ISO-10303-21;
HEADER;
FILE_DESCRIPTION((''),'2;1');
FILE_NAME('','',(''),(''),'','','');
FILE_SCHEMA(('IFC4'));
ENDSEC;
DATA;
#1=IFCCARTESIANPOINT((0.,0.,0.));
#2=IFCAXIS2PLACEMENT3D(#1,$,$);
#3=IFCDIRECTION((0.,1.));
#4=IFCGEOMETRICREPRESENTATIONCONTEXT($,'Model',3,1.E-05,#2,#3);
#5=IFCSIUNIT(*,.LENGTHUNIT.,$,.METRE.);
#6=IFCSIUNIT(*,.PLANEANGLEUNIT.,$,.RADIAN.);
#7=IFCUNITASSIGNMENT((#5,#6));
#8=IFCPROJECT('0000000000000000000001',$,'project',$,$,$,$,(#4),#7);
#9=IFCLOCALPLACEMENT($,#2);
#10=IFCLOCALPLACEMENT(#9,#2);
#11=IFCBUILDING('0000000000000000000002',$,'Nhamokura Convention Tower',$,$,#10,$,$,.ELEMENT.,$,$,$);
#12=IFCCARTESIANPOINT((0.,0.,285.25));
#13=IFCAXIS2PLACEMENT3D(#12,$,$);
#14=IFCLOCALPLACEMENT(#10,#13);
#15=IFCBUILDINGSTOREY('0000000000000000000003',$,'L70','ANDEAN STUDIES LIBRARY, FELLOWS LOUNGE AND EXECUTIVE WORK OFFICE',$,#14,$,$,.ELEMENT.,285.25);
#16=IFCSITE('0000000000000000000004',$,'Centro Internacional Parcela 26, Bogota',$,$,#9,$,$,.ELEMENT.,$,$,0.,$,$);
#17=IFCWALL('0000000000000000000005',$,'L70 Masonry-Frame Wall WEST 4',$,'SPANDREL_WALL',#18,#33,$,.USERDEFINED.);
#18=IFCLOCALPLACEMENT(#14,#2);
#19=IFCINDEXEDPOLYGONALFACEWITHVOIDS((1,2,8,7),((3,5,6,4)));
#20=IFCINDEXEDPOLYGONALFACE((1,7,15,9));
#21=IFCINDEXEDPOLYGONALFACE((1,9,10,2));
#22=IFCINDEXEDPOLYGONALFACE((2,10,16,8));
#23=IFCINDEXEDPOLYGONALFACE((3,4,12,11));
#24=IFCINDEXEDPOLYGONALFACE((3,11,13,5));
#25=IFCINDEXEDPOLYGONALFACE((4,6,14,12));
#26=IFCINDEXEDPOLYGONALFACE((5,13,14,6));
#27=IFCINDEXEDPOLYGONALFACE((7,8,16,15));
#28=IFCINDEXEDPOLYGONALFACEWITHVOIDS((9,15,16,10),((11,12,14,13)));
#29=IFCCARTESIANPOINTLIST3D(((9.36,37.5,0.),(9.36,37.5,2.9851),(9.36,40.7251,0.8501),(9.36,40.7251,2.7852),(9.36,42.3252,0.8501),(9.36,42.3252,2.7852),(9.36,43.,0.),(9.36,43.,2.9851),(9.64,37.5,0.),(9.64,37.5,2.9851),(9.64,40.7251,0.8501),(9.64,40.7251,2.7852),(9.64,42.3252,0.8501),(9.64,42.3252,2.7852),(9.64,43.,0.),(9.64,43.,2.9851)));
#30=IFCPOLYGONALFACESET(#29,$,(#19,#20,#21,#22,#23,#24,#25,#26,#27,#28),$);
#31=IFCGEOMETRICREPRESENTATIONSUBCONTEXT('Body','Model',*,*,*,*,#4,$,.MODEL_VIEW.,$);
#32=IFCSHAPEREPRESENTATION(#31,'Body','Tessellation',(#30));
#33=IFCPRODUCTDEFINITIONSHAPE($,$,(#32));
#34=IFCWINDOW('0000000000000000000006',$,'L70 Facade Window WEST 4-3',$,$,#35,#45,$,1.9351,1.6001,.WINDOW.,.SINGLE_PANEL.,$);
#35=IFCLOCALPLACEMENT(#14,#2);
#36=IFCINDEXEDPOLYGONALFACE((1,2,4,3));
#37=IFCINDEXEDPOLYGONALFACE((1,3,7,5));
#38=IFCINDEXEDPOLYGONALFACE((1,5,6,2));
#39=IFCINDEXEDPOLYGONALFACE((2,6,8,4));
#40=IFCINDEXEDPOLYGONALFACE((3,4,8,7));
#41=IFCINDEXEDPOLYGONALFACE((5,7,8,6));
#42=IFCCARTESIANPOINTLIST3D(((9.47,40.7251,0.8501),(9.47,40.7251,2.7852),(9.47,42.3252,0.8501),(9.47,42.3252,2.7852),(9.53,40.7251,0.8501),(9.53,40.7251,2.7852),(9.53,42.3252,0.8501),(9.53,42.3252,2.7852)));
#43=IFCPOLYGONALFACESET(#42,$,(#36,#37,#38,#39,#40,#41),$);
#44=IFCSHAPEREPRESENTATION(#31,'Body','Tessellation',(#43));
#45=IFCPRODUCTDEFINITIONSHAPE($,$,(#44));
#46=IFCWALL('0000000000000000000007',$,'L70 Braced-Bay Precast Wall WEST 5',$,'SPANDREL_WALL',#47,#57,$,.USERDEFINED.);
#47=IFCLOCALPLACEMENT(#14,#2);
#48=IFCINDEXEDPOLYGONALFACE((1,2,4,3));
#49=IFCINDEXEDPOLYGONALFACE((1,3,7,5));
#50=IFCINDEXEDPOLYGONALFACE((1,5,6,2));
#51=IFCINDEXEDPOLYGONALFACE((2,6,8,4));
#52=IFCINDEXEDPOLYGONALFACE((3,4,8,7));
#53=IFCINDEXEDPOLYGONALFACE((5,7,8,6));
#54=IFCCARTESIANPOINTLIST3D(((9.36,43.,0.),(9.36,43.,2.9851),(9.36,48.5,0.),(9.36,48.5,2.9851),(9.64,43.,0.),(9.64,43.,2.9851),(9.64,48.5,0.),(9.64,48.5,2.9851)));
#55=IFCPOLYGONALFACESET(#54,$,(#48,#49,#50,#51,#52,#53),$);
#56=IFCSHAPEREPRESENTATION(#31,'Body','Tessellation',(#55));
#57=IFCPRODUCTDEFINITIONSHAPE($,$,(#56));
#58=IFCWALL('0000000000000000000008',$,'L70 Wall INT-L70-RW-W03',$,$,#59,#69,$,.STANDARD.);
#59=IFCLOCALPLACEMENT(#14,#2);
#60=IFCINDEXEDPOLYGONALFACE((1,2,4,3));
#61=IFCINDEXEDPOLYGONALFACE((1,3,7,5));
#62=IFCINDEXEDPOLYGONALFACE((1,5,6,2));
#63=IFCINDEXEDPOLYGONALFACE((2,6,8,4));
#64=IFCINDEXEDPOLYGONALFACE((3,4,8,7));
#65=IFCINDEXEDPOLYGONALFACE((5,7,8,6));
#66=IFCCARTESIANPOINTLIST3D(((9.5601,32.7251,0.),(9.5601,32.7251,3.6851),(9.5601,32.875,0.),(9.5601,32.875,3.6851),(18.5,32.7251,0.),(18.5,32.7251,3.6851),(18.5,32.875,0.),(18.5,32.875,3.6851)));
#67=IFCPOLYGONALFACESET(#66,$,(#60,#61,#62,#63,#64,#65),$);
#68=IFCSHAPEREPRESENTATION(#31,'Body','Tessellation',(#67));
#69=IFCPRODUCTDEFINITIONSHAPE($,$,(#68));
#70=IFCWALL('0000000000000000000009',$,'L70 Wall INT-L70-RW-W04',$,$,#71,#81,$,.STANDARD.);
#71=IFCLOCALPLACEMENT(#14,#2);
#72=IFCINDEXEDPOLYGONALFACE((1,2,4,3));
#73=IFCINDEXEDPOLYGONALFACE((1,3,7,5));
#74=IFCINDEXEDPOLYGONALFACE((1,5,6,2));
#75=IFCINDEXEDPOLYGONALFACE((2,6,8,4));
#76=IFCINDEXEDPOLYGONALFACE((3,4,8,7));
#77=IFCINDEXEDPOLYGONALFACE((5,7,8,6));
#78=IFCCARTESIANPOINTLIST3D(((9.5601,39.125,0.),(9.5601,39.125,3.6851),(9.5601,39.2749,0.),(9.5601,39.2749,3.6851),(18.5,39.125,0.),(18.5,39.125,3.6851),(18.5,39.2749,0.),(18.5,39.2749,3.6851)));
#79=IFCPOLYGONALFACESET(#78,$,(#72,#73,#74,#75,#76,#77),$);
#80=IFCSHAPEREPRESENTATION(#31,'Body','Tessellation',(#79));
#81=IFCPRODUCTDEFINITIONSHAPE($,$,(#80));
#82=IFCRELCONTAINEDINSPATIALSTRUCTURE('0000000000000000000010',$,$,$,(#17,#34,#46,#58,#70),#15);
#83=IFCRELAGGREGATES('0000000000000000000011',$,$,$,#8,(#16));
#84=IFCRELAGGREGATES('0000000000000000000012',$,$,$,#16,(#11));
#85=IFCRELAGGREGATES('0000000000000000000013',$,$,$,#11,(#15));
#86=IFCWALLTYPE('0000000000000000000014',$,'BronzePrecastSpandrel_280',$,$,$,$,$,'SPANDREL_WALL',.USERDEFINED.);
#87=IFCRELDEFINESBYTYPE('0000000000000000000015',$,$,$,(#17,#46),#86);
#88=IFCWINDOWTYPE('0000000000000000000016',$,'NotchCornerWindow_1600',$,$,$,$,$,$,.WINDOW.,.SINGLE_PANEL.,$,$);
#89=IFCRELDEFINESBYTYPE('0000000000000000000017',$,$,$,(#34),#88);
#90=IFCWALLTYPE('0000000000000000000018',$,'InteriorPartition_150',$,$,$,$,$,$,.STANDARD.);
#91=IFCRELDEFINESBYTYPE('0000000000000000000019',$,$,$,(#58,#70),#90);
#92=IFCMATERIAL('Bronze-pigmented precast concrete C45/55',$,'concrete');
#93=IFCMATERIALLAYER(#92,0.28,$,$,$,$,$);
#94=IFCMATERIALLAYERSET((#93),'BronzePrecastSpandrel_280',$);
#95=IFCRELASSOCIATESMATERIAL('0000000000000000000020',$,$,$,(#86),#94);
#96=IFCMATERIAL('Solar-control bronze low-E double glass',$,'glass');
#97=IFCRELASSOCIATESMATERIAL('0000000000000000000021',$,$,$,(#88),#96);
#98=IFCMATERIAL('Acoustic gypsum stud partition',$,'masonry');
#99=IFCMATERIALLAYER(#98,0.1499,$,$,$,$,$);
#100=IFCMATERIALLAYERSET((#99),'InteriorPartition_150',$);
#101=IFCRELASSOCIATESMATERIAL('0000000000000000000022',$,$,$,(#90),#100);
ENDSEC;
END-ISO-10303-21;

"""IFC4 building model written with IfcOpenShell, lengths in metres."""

from ifc_helpers import new_model, si_unit, direction, frame, frame_2d, origin, place, context, subcontext, project, spatial, rectangle, extrude, material, layer, layer_set, type_object, element, fill, save


model = new_model("IFC4")

# Units and contexts
model_context = context("Model", 3, precision=1e-05, world=origin(), true_north=direction((0.0, 1.0)))
body_context = subcontext(model_context, "Body", "Model", "MODEL_VIEW")
ifc_project = project(units=[si_unit("LENGTHUNIT", "METRE"), si_unit("PLANEANGLEUNIT", "RADIAN")], contexts=[model_context])

# Site, building, storey
site_placement = place(None, origin())
site = spatial("IfcSite", under=ifc_project, at=site_placement, Name="Centro Internacional Parcela 26, Bogota", CompositionType="ELEMENT", RefElevation=0.0)
building_placement = place(site_placement, origin())
building = spatial("IfcBuilding", under=site, at=building_placement, Name="Nhamokura Convention Tower", CompositionType="ELEMENT")
storey_placement = place(building_placement, frame((0.0, 0.0, 285.25)))
storey = spatial("IfcBuildingStorey", under=building, at=storey_placement, Name="L70", Description="ANDEAN STUDIES LIBRARY, FELLOWS LOUNGE AND EXECUTIVE WORK OFFICE", CompositionType="ELEMENT", Elevation=285.25)

# Wall, opening, window
ifc_material_1 = material(Name="Bronze-pigmented precast concrete C45/55", Category="concrete")
ifc_layer_1 = layer(ifc_material_1, 0.28)
ifc_layer_set_1 = layer_set([ifc_layer_1], Name="BronzePrecastSpandrel_280")
wall_type_1 = type_object("IfcWallType", Name="BronzePrecastSpandrel_280", ElementType="SPANDREL_WALL", PredefinedType="USERDEFINED", material=ifc_layer_set_1)
wall_1_placement = place(storey_placement, frame((9.5, 37.5, 0.0), z_axis=(0.0, 0.0, 1.0), x_axis=(0.0, 1.0, 0.0)))
wall_1 = element("IfcWall", 1, at=wall_1_placement, inside=storey, type_object=wall_type_1, Name="L70 Masonry-Frame Wall WEST 4", ObjectType="SPANDREL_WALL", PredefinedType="USERDEFINED", context=body_context, shape_type="SweptSolid", body=[
    extrude(rectangle(XDim=5.5, YDim=0.28, at=frame_2d((2.75, 0.0))), origin(), (0.0, 0.0, 1.0), 2.9851),
])
opening_1_placement = place(wall_1_placement, frame((3.2251, 0.0, 0.8501)))
opening_1 = element("IfcOpeningElement", 2, at=opening_1_placement, cuts=wall_1, PredefinedType="OPENING", context=body_context, shape_type="SweptSolid", body=[
    extrude(rectangle(XDim=1.6001, YDim=1.9351, at=frame_2d((0.8, 0.9675))), frame((0.0, 0.1499, 0.0), z_axis=(0.0, -1.0, 0.0), x_axis=(1.0, 0.0, 0.0)), (0.0, 0.0, 1.0), 0.3),
])
ifc_material_2 = material(Name="Solar-control bronze low-E double glass", Category="glass")
window_type_1 = type_object("IfcWindowType", Name="NotchCornerWindow_1600", PartitioningType="SINGLE_PANEL", PredefinedType="WINDOW", material=ifc_material_2)
window_1_placement = place(opening_1_placement, origin())
window_1 = element("IfcWindow", 3, at=window_1_placement, inside=storey, type_object=window_type_1, Name="L70 Facade Window WEST 4-3", OverallHeight=1.9351, OverallWidth=1.6001, PartitioningType="SINGLE_PANEL", PredefinedType="WINDOW", context=body_context, shape_type="SweptSolid", body=[
    extrude(rectangle(XDim=1.6001, YDim=1.9351, at=frame_2d((0.8, 0.9675))), frame((0.0, 0.03, 0.0), z_axis=(0.0, -1.0, 0.0), x_axis=(1.0, 0.0, 0.0)), (0.0, 0.0, 1.0), 0.0601),
])
fill(opening_1, window_1)

# Walls
wall_2_placement = place(storey_placement, frame((9.5, 43.0, 0.0), z_axis=(0.0, 0.0, 1.0), x_axis=(0.0, 1.0, 0.0)))
element("IfcWall", 4, at=wall_2_placement, inside=storey, type_object=wall_type_1, Name="L70 Braced-Bay Precast Wall WEST 5", ObjectType="SPANDREL_WALL", PredefinedType="USERDEFINED", context=body_context, shape_type="SweptSolid", body=[
    extrude(rectangle(XDim=5.5, YDim=0.28, at=frame_2d((2.75, 0.0))), origin(), (0.0, 0.0, 1.0), 2.9851),
])
ifc_material_3 = material(Name="Acoustic gypsum stud partition", Category="masonry")
ifc_layer_2 = layer(ifc_material_3, 0.1499)
ifc_layer_set_2 = layer_set([ifc_layer_2], Name="InteriorPartition_150")
wall_type_2 = type_object("IfcWallType", Name="InteriorPartition_150", PredefinedType="STANDARD", material=ifc_layer_set_2)
for number, where, z_axis, x_axis, name in (
    (5, (9.5601, 32.8, 0.0), (0.0, 0.0, 1.0), (1.0, 0.0, 0.0), "L70 Wall INT-L70-RW-W03"),
    (6, (9.5601, 39.2, 0.0), (0.0, 0.0, 1.0), (1.0, 0.0, 0.0), "L70 Wall INT-L70-RW-W04"),
):
    element("IfcWall", number, at=place(storey_placement, frame(where, z_axis=z_axis, x_axis=x_axis)), inside=storey, type_object=wall_type_2, Name=name, PredefinedType="STANDARD", context=body_context, shape_type="SweptSolid", body=[
        extrude(rectangle(XDim=8.9399, YDim=0.1499, at=frame_2d((4.47, 0.0))), origin(), (0.0, 0.0, 1.0), 3.6851),
    ])

save(model, "model.ifc")
